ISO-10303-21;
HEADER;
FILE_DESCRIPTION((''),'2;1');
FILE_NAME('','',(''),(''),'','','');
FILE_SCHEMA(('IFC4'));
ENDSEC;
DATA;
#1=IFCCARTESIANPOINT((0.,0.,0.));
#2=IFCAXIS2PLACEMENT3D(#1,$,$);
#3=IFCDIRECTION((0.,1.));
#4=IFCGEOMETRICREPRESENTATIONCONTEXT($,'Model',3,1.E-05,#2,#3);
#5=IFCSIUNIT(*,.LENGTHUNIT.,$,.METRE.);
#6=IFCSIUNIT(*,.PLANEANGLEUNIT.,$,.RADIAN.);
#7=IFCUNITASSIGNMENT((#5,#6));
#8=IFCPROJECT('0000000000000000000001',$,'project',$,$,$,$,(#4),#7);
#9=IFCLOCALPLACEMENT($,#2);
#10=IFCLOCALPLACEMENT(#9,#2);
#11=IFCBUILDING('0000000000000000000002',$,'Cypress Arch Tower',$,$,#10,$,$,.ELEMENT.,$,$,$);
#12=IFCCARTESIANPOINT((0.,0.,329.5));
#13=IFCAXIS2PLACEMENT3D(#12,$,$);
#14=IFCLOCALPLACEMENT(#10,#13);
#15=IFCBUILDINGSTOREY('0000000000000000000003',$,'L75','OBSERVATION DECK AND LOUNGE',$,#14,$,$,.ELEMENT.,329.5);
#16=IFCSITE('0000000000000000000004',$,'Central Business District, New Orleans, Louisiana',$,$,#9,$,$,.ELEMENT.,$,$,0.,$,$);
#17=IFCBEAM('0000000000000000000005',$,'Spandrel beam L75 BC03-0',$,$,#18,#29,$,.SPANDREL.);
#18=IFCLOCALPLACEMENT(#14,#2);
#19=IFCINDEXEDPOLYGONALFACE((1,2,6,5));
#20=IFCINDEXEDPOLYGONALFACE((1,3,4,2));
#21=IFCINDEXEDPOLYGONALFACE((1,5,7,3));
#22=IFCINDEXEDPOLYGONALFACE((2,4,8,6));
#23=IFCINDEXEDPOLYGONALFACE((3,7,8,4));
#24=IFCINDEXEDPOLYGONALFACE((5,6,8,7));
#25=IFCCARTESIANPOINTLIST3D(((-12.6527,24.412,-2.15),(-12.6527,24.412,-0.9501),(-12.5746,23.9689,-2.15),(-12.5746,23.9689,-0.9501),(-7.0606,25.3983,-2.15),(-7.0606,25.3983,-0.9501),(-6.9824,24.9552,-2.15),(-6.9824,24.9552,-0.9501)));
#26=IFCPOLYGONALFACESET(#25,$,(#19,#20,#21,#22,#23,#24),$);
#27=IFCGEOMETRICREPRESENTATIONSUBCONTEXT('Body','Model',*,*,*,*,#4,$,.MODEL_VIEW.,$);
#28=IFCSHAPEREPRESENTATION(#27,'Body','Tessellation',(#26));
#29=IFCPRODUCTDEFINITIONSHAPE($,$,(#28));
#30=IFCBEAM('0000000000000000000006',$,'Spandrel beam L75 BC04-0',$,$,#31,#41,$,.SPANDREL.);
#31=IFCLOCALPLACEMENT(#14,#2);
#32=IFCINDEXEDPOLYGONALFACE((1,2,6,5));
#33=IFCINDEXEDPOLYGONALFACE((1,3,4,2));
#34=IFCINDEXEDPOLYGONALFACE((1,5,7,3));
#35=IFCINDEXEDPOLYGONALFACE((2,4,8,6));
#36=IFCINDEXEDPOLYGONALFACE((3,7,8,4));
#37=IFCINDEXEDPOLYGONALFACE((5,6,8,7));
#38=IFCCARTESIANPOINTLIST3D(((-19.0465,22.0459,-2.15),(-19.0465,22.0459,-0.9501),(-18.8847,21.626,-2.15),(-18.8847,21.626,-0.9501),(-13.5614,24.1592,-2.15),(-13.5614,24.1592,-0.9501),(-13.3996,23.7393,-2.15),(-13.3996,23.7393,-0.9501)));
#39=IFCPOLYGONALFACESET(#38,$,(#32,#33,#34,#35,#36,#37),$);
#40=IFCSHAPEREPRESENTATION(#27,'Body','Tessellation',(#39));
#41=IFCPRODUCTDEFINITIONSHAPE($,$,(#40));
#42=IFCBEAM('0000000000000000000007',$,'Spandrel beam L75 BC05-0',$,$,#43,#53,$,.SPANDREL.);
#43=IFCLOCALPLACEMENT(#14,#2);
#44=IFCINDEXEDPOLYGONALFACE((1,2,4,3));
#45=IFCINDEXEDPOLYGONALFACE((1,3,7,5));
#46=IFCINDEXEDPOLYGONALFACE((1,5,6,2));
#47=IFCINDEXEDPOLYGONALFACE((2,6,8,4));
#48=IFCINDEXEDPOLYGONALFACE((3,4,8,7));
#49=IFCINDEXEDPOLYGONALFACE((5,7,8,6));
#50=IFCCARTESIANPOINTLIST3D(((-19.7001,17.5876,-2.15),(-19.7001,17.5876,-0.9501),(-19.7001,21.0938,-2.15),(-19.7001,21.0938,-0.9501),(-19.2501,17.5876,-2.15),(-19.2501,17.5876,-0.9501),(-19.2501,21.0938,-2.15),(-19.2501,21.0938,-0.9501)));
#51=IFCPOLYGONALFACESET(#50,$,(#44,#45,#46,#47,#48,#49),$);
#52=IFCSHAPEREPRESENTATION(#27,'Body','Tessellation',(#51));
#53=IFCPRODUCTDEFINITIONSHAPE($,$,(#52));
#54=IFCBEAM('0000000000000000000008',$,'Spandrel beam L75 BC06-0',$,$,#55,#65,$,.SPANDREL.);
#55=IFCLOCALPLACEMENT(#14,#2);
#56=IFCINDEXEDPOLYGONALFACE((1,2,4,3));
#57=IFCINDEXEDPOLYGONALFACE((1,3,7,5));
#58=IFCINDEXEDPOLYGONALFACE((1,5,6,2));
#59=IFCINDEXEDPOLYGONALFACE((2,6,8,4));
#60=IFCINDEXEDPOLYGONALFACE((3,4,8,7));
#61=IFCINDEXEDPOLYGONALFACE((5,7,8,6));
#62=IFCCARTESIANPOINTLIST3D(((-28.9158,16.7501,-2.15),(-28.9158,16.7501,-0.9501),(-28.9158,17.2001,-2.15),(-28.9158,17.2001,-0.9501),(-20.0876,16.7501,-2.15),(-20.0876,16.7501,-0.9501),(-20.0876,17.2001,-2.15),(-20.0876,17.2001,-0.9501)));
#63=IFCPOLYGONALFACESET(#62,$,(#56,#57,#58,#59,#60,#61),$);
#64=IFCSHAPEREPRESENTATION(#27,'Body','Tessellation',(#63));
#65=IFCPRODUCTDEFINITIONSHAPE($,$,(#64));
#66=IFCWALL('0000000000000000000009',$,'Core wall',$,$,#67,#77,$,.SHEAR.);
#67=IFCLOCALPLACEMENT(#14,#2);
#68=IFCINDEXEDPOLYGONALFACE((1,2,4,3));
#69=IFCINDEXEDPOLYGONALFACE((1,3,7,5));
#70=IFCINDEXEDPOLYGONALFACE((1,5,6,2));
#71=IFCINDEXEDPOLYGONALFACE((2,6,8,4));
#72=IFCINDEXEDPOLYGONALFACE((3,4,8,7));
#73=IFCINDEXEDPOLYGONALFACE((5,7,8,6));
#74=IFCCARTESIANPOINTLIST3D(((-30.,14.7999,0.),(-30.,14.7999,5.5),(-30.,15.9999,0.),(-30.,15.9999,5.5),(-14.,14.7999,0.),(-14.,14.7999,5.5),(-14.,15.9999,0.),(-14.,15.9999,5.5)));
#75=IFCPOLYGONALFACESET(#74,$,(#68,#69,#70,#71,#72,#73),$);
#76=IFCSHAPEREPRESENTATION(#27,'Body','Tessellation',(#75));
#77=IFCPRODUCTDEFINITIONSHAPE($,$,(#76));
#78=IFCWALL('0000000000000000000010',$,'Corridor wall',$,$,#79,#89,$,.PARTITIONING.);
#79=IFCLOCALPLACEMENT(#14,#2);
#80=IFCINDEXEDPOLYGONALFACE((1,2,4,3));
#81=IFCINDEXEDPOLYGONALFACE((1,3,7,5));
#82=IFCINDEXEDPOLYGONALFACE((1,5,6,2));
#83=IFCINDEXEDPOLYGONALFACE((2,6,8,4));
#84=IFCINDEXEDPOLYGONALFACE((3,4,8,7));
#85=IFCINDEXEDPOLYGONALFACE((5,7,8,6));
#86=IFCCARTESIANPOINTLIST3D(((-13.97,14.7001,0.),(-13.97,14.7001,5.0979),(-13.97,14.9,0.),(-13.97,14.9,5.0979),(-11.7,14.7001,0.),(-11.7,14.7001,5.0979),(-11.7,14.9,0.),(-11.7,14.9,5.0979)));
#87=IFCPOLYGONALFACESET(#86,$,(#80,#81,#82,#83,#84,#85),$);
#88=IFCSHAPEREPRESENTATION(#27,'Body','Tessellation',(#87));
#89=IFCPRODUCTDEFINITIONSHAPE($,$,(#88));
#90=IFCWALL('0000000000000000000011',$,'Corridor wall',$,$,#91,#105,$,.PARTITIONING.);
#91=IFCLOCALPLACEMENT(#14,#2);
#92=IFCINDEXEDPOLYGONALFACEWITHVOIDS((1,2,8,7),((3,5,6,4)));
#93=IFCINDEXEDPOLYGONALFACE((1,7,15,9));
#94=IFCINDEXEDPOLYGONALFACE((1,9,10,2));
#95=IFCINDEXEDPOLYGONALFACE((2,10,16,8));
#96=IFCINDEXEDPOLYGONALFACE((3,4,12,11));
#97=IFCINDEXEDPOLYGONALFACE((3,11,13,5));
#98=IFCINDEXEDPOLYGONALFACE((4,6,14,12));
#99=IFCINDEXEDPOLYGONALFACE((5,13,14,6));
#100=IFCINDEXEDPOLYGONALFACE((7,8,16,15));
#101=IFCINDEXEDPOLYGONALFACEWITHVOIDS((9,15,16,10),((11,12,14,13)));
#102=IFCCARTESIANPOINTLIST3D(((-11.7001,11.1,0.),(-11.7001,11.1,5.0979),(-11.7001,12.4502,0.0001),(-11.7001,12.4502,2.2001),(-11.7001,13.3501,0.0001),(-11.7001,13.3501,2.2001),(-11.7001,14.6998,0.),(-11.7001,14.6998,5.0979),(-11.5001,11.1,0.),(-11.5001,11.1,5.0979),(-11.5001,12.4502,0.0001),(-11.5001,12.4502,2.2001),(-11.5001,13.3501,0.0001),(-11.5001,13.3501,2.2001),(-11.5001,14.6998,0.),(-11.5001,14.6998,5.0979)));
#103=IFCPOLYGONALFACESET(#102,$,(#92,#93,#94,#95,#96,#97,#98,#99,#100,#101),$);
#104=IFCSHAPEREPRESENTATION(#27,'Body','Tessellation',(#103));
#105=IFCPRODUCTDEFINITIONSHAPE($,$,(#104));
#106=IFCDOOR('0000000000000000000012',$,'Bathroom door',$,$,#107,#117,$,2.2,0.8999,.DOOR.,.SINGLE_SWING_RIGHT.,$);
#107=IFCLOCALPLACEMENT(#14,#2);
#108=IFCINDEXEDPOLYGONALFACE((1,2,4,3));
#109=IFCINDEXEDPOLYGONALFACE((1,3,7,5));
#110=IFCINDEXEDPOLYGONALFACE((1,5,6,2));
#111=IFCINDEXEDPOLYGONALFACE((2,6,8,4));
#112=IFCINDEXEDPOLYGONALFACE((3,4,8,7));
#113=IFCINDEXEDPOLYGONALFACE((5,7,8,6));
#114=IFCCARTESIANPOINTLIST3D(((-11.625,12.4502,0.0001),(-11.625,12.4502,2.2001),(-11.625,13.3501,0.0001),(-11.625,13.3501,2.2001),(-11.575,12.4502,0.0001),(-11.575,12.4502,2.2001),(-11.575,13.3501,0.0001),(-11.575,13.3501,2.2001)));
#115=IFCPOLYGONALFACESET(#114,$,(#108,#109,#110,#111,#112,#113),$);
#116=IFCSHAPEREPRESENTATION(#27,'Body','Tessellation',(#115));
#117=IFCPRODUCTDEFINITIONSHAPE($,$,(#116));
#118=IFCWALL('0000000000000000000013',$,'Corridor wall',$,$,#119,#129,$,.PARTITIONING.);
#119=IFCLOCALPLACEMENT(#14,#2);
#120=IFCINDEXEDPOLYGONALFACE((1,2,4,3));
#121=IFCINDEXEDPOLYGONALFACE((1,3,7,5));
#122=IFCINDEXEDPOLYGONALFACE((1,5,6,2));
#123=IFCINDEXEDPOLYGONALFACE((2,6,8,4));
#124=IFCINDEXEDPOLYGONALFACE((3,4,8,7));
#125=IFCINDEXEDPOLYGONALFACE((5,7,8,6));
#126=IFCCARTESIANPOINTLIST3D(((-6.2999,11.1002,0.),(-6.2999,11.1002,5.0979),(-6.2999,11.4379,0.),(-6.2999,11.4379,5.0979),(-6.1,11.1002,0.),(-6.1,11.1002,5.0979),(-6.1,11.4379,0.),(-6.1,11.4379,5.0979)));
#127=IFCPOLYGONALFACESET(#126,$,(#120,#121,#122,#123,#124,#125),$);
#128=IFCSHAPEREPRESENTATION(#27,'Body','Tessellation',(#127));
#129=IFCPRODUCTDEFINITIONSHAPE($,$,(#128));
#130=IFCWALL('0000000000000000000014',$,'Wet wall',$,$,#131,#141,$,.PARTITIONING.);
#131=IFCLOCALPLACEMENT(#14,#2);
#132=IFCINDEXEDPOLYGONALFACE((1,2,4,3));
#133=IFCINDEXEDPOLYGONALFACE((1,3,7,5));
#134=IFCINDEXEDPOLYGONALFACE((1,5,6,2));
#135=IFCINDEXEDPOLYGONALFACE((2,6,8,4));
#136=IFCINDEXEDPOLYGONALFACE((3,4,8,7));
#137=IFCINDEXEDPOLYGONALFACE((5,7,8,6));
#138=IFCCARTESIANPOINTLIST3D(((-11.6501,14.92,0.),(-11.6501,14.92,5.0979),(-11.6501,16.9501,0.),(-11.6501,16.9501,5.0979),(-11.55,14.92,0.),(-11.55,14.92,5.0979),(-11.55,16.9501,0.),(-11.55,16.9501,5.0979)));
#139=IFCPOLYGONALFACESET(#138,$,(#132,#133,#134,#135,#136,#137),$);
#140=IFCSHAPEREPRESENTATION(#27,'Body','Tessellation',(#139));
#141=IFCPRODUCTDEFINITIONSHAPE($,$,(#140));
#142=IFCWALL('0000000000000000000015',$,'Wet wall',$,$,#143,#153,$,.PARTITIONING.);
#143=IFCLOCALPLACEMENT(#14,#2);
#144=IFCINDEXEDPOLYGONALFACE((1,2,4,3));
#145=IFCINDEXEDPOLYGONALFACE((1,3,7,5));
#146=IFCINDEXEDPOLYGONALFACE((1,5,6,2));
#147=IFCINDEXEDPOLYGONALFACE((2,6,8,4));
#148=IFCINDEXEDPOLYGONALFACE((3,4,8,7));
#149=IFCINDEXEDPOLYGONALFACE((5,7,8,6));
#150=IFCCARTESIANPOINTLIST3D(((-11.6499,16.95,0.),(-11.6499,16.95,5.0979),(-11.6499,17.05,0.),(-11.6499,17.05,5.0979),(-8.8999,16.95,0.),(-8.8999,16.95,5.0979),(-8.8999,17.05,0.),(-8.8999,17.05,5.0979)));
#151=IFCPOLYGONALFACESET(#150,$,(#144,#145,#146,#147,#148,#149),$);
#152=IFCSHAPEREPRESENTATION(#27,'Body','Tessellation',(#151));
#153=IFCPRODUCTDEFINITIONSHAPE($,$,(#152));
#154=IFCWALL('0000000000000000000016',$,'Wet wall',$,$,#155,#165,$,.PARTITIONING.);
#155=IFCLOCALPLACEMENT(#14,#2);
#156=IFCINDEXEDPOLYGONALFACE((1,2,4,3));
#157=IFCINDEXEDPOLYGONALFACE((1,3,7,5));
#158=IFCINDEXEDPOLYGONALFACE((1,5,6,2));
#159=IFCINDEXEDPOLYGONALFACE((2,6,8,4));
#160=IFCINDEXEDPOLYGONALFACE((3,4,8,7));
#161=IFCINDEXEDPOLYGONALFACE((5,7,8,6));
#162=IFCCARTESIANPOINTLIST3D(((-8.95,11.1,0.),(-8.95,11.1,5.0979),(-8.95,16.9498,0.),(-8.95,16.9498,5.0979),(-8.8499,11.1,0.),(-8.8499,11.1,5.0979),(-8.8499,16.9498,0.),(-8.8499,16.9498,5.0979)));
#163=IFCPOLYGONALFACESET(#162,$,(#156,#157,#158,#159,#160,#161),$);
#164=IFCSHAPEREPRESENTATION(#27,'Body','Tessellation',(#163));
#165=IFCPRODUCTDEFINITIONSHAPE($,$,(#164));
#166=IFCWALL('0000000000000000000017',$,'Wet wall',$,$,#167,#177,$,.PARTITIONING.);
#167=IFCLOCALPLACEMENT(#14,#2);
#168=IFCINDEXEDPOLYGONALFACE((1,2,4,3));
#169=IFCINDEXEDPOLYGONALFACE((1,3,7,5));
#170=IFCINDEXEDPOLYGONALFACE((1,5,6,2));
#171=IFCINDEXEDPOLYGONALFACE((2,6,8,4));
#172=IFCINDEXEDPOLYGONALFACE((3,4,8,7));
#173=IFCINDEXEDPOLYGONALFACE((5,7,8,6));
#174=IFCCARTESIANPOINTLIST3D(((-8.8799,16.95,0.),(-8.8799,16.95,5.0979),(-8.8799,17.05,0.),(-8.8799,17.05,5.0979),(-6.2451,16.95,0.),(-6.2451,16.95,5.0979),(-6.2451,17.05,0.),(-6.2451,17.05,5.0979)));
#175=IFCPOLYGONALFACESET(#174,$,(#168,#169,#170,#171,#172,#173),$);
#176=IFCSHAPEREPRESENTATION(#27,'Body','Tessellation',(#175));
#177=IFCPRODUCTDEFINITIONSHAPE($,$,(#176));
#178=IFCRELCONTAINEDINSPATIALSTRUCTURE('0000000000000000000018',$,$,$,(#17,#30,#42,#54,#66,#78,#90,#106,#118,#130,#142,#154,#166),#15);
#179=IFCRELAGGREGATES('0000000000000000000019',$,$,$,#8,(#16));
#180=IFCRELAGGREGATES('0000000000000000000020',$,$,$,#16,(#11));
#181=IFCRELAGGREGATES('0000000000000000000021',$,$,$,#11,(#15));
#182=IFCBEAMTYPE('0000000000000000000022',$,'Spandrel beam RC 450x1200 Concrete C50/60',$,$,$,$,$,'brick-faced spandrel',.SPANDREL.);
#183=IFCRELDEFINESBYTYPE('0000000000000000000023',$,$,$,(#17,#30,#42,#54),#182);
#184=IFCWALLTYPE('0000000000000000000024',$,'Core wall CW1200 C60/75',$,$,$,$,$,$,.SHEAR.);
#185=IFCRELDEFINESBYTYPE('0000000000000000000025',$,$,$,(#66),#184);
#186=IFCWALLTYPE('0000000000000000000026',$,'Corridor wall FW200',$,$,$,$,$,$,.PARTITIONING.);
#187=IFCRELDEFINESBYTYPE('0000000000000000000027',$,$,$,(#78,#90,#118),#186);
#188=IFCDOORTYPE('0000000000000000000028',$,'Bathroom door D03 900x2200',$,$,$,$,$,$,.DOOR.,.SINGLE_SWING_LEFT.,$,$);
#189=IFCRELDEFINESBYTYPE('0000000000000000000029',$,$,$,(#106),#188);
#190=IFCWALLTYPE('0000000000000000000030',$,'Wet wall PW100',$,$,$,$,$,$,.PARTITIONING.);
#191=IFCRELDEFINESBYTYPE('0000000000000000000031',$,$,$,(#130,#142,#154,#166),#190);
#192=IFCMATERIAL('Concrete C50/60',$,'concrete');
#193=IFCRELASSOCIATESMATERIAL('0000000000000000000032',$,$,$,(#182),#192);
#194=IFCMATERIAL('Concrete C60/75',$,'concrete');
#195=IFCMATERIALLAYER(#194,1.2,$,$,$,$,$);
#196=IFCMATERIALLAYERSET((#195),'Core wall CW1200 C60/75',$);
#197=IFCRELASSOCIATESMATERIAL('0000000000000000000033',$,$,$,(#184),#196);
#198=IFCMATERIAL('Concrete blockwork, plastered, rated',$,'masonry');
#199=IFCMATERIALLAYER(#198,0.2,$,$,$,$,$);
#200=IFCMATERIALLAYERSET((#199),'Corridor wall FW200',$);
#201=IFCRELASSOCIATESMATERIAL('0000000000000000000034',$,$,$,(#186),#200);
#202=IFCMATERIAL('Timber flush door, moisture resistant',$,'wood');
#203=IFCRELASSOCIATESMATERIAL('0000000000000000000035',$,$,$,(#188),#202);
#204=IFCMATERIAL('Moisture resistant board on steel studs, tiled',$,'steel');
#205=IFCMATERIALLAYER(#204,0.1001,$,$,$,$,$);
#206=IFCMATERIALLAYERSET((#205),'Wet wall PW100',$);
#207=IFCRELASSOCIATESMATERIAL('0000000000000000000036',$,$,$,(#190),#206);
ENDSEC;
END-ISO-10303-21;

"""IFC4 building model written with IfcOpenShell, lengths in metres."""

from ifc_helpers import new_model, si_unit, direction, frame, frame_2d, origin, origin_2d, place, context, subcontext, project, spatial, rectangle, extrude, material, layer, layer_set, material_profile, profile_set, type_object, element, fill, save


model = new_model("IFC4")

# Units and contexts
model_context = context("Model", 3, precision=1e-05, world=origin(), true_north=direction((0.0, 1.0)))
body_context = subcontext(model_context, "Body", "Model", "MODEL_VIEW")
ifc_project = project(units=[si_unit("LENGTHUNIT", "METRE"), si_unit("PLANEANGLEUNIT", "RADIAN")], contexts=[model_context])

# Site, building, storey
site_placement = place(None, origin())
site = spatial("IfcSite", under=ifc_project, at=site_placement, Name="Central Business District, New Orleans, Louisiana", CompositionType="ELEMENT", RefElevation=0.0)
building_placement = place(site_placement, origin())
building = spatial("IfcBuilding", under=site, at=building_placement, Name="Cypress Arch Tower", CompositionType="ELEMENT")
storey_placement = place(building_placement, frame((0.0, 0.0, 329.5)))
storey = spatial("IfcBuildingStorey", under=building, at=storey_placement, Name="L75", Description="OBSERVATION DECK AND LOUNGE", CompositionType="ELEMENT", Elevation=329.5)

# Beams
ifc_material_1 = material(Name="Concrete C50/60", Category="concrete")
ifc_material_profile_1 = material_profile(ifc_material_1, rectangle(XDim=0.45, YDim=1.2, at=origin_2d()), Name="RC 450x1200")
ifc_profile_set_1 = profile_set([ifc_material_profile_1], Name="Concrete C50/60")
beam_type = type_object("IfcBeamType", Name="Spandrel beam RC 450x1200 Concrete C50/60", ElementType="brick-faced spandrel", PredefinedType="SPANDREL", material=ifc_profile_set_1)
beam_1_placement = place(storey_placement, frame((-7.0215, 25.1768, -1.55), z_axis=(-0.984799, -0.173699, 0.0), x_axis=(0.173699, -0.984799, 0.0)))
element("IfcBeam", 1, at=beam_1_placement, inside=storey, type_object=beam_type, Name="Spandrel beam L75 BC03-0", PredefinedType="SPANDREL", context=body_context, shape_type="SweptSolid", body=[
    extrude(rectangle(XDim=0.45, YDim=1.2, at=origin_2d()), origin(), (0.0, 0.0, 1.0), 5.6785),
])
beam_2_placement = place(storey_placement, frame((-13.4805, 23.9492, -1.55), z_axis=(-0.933139, -0.359516, 0.0), x_axis=(0.359516, -0.933139, 0.0)))
element("IfcBeam", 2, at=beam_2_placement, inside=storey, type_object=beam_type, Name="Spandrel beam L75 BC04-0", PredefinedType="SPANDREL", context=body_context, shape_type="SweptSolid", body=[
    extrude(rectangle(XDim=0.45, YDim=1.2, at=origin_2d()), origin(), (0.0, 0.0, 1.0), 5.8782),
])
beam_3_placement = place(storey_placement, frame((-19.4751, 21.0938, -1.55), z_axis=(0.0, -1.0, 0.0), x_axis=(1.0, 0.0, 0.0)))
element("IfcBeam", 3, at=beam_3_placement, inside=storey, type_object=beam_type, Name="Spandrel beam L75 BC05-0", PredefinedType="SPANDREL", context=body_context, shape_type="SweptSolid", body=[
    extrude(rectangle(XDim=0.45, YDim=1.2, at=origin_2d()), origin(), (0.0, 0.0, 1.0), 3.5061),
])
beam_4_placement = place(storey_placement, frame((-20.0876, 16.9751, -1.55), z_axis=(-1.0, 0.0, 0.0), x_axis=(0.0, -1.0, 0.0)))
element("IfcBeam", 4, at=beam_4_placement, inside=storey, type_object=beam_type, Name="Spandrel beam L75 BC06-0", PredefinedType="SPANDREL", context=body_context, shape_type="SweptSolid", body=[
    extrude(rectangle(XDim=0.45, YDim=1.2, at=origin_2d()), origin(), (0.0, 0.0, 1.0), 8.8281),
])

# Walls
ifc_material_2 = material(Name="Concrete C60/75", Category="concrete")
ifc_layer_1 = layer(ifc_material_2, 1.2)
ifc_layer_set_1 = layer_set([ifc_layer_1], Name="Core wall CW1200 C60/75")
wall_type_1 = type_object("IfcWallType", Name="Core wall CW1200 C60/75", PredefinedType="SHEAR", material=ifc_layer_set_1)
wall_1_placement = place(storey_placement, frame((-30.0, 15.3999, 0.0), z_axis=(0.0, 0.0, 1.0), x_axis=(1.0, 0.0, 0.0)))
element("IfcWall", 5, at=wall_1_placement, inside=storey, type_object=wall_type_1, Name="Core wall", PredefinedType="SHEAR", context=body_context, shape_type="SweptSolid", body=[
    extrude(rectangle(XDim=16.0, YDim=1.2, at=frame_2d((8.0, 0.0))), origin(), (0.0, 0.0, 1.0), 5.5),
])
ifc_material_3 = material(Name="Concrete blockwork, plastered, rated", Category="masonry")
ifc_layer_2 = layer(ifc_material_3, 0.2)
ifc_layer_set_2 = layer_set([ifc_layer_2], Name="Corridor wall FW200")
wall_type_2 = type_object("IfcWallType", Name="Corridor wall FW200", PredefinedType="PARTITIONING", material=ifc_layer_set_2)
wall_2_placement = place(storey_placement, frame((-13.97, 14.8, 0.0), z_axis=(0.0, 0.0, 1.0), x_axis=(1.0, 0.0, 0.0)))
element("IfcWall", 6, at=wall_2_placement, inside=storey, type_object=wall_type_2, Name="Corridor wall", PredefinedType="PARTITIONING", context=body_context, shape_type="SweptSolid", body=[
    extrude(rectangle(XDim=2.27, YDim=0.2, at=frame_2d((1.135, 0.0))), origin(), (0.0, 0.0, 1.0), 5.0979),
])

# Wall, opening, door
wall_3_placement = place(storey_placement, frame((-11.6001, 11.1001, 0.0), z_axis=(0.0, 0.0, 1.0), x_axis=(0.0, 1.0, 0.0)))
wall_3 = element("IfcWall", 7, at=wall_3_placement, inside=storey, type_object=wall_type_2, Name="Corridor wall", PredefinedType="PARTITIONING", context=body_context, shape_type="SweptSolid", body=[
    extrude(rectangle(XDim=3.5999, YDim=0.2, at=frame_2d((1.7998, 0.0))), origin(), (0.0, 0.0, 1.0), 5.0979),
])
opening_placement = place(wall_3_placement, frame((1.3501, 0.0, 0.0)))
opening = element("IfcOpeningElement", 8, at=opening_placement, cuts=wall_3, PredefinedType="OPENING", context=body_context, shape_type="SweptSolid", body=[
    extrude(rectangle(XDim=0.8999, YDim=2.2, at=frame_2d((0.45, 1.1001))), frame((0.0, 0.1099, 0.0), z_axis=(0.0, -1.0, 0.0), x_axis=(1.0, 0.0, 0.0)), (0.0, 0.0, 1.0), 0.22),
])
ifc_material_4 = material(Name="Timber flush door, moisture resistant", Category="wood")
door_type = type_object("IfcDoorType", Name="Bathroom door D03 900x2200", OperationType="SINGLE_SWING_LEFT", PredefinedType="DOOR", material=ifc_material_4)
door_placement = place(opening_placement, origin())
door = element("IfcDoor", 9, at=door_placement, inside=storey, type_object=door_type, Name="Bathroom door", OperationType="SINGLE_SWING_RIGHT", OverallHeight=2.2, OverallWidth=0.8999, PredefinedType="DOOR", context=body_context, shape_type="SweptSolid", body=[
    extrude(rectangle(XDim=0.8999, YDim=2.2, at=frame_2d((0.45, 1.1001))), frame((0.0, 0.0249, 0.0), z_axis=(0.0, -1.0, 0.0), x_axis=(1.0, 0.0, 0.0)), (0.0, 0.0, 1.0), 0.05),
])
fill(opening, door)

# Walls
wall_4_placement = place(storey_placement, frame((-6.2, 11.1001, 0.0), z_axis=(0.0, 0.0, 1.0), x_axis=(0.0, 1.0, 0.0)))
element("IfcWall", 10, at=wall_4_placement, inside=storey, type_object=wall_type_2, Name="Corridor wall", PredefinedType="PARTITIONING", context=body_context, shape_type="SweptSolid", body=[
    extrude(rectangle(XDim=0.3376, YDim=0.2, at=frame_2d((0.1689, 0.0))), origin(), (0.0, 0.0, 1.0), 5.0979),
])
ifc_material_5 = material(Name="Moisture resistant board on steel studs, tiled", Category="steel")
ifc_layer_3 = layer(ifc_material_5, 0.1001)
ifc_layer_set_3 = layer_set([ifc_layer_3], Name="Wet wall PW100")
wall_type_3 = type_object("IfcWallType", Name="Wet wall PW100", PredefinedType="PARTITIONING", material=ifc_layer_set_3)
wall_5_placement = place(storey_placement, frame((-11.6001, 14.9199, 0.0), z_axis=(0.0, 0.0, 1.0), x_axis=(0.0, 1.0, 0.0)))
element("IfcWall", 11, at=wall_5_placement, inside=storey, type_object=wall_type_3, Name="Wet wall", PredefinedType="PARTITIONING", context=body_context, shape_type="SweptSolid", body=[
    extrude(rectangle(XDim=2.03, YDim=0.1001, at=frame_2d((1.0151, 0.0))), origin(), (0.0, 0.0, 1.0), 5.0979),
])
wall_6_placement = place(storey_placement, frame((-11.6499, 17.0, 0.0), z_axis=(0.0, 0.0, 1.0), x_axis=(1.0, 0.0, 0.0)))
element("IfcWall", 12, at=wall_6_placement, inside=storey, type_object=wall_type_3, Name="Wet wall", PredefinedType="PARTITIONING", context=body_context, shape_type="SweptSolid", body=[
    extrude(rectangle(XDim=2.75, YDim=0.1001, at=frame_2d((1.375, 0.0))), origin(), (0.0, 0.0, 1.0), 5.0979),
])
wall_7_placement = place(storey_placement, frame((-8.8999, 11.1001, 0.0), z_axis=(0.0, 0.0, 1.0), x_axis=(0.0, 1.0, 0.0)))
element("IfcWall", 13, at=wall_7_placement, inside=storey, type_object=wall_type_3, Name="Wet wall", PredefinedType="PARTITIONING", context=body_context, shape_type="SweptSolid", body=[
    extrude(rectangle(XDim=5.8499, YDim=0.1001, at=frame_2d((2.9248, 0.0))), origin(), (0.0, 0.0, 1.0), 5.0979),
])
wall_8_placement = place(storey_placement, frame((-8.8799, 17.0, 0.0), z_axis=(0.0, 0.0, 1.0), x_axis=(1.0, 0.0, 0.0)))
element("IfcWall", 14, at=wall_8_placement, inside=storey, type_object=wall_type_3, Name="Wet wall", PredefinedType="PARTITIONING", context=body_context, shape_type="SweptSolid", body=[
    extrude(rectangle(XDim=2.6348, YDim=0.1001, at=frame_2d((1.3174, 0.0))), origin(), (0.0, 0.0, 1.0), 5.0979),
])

save(model, "model.ifc")
